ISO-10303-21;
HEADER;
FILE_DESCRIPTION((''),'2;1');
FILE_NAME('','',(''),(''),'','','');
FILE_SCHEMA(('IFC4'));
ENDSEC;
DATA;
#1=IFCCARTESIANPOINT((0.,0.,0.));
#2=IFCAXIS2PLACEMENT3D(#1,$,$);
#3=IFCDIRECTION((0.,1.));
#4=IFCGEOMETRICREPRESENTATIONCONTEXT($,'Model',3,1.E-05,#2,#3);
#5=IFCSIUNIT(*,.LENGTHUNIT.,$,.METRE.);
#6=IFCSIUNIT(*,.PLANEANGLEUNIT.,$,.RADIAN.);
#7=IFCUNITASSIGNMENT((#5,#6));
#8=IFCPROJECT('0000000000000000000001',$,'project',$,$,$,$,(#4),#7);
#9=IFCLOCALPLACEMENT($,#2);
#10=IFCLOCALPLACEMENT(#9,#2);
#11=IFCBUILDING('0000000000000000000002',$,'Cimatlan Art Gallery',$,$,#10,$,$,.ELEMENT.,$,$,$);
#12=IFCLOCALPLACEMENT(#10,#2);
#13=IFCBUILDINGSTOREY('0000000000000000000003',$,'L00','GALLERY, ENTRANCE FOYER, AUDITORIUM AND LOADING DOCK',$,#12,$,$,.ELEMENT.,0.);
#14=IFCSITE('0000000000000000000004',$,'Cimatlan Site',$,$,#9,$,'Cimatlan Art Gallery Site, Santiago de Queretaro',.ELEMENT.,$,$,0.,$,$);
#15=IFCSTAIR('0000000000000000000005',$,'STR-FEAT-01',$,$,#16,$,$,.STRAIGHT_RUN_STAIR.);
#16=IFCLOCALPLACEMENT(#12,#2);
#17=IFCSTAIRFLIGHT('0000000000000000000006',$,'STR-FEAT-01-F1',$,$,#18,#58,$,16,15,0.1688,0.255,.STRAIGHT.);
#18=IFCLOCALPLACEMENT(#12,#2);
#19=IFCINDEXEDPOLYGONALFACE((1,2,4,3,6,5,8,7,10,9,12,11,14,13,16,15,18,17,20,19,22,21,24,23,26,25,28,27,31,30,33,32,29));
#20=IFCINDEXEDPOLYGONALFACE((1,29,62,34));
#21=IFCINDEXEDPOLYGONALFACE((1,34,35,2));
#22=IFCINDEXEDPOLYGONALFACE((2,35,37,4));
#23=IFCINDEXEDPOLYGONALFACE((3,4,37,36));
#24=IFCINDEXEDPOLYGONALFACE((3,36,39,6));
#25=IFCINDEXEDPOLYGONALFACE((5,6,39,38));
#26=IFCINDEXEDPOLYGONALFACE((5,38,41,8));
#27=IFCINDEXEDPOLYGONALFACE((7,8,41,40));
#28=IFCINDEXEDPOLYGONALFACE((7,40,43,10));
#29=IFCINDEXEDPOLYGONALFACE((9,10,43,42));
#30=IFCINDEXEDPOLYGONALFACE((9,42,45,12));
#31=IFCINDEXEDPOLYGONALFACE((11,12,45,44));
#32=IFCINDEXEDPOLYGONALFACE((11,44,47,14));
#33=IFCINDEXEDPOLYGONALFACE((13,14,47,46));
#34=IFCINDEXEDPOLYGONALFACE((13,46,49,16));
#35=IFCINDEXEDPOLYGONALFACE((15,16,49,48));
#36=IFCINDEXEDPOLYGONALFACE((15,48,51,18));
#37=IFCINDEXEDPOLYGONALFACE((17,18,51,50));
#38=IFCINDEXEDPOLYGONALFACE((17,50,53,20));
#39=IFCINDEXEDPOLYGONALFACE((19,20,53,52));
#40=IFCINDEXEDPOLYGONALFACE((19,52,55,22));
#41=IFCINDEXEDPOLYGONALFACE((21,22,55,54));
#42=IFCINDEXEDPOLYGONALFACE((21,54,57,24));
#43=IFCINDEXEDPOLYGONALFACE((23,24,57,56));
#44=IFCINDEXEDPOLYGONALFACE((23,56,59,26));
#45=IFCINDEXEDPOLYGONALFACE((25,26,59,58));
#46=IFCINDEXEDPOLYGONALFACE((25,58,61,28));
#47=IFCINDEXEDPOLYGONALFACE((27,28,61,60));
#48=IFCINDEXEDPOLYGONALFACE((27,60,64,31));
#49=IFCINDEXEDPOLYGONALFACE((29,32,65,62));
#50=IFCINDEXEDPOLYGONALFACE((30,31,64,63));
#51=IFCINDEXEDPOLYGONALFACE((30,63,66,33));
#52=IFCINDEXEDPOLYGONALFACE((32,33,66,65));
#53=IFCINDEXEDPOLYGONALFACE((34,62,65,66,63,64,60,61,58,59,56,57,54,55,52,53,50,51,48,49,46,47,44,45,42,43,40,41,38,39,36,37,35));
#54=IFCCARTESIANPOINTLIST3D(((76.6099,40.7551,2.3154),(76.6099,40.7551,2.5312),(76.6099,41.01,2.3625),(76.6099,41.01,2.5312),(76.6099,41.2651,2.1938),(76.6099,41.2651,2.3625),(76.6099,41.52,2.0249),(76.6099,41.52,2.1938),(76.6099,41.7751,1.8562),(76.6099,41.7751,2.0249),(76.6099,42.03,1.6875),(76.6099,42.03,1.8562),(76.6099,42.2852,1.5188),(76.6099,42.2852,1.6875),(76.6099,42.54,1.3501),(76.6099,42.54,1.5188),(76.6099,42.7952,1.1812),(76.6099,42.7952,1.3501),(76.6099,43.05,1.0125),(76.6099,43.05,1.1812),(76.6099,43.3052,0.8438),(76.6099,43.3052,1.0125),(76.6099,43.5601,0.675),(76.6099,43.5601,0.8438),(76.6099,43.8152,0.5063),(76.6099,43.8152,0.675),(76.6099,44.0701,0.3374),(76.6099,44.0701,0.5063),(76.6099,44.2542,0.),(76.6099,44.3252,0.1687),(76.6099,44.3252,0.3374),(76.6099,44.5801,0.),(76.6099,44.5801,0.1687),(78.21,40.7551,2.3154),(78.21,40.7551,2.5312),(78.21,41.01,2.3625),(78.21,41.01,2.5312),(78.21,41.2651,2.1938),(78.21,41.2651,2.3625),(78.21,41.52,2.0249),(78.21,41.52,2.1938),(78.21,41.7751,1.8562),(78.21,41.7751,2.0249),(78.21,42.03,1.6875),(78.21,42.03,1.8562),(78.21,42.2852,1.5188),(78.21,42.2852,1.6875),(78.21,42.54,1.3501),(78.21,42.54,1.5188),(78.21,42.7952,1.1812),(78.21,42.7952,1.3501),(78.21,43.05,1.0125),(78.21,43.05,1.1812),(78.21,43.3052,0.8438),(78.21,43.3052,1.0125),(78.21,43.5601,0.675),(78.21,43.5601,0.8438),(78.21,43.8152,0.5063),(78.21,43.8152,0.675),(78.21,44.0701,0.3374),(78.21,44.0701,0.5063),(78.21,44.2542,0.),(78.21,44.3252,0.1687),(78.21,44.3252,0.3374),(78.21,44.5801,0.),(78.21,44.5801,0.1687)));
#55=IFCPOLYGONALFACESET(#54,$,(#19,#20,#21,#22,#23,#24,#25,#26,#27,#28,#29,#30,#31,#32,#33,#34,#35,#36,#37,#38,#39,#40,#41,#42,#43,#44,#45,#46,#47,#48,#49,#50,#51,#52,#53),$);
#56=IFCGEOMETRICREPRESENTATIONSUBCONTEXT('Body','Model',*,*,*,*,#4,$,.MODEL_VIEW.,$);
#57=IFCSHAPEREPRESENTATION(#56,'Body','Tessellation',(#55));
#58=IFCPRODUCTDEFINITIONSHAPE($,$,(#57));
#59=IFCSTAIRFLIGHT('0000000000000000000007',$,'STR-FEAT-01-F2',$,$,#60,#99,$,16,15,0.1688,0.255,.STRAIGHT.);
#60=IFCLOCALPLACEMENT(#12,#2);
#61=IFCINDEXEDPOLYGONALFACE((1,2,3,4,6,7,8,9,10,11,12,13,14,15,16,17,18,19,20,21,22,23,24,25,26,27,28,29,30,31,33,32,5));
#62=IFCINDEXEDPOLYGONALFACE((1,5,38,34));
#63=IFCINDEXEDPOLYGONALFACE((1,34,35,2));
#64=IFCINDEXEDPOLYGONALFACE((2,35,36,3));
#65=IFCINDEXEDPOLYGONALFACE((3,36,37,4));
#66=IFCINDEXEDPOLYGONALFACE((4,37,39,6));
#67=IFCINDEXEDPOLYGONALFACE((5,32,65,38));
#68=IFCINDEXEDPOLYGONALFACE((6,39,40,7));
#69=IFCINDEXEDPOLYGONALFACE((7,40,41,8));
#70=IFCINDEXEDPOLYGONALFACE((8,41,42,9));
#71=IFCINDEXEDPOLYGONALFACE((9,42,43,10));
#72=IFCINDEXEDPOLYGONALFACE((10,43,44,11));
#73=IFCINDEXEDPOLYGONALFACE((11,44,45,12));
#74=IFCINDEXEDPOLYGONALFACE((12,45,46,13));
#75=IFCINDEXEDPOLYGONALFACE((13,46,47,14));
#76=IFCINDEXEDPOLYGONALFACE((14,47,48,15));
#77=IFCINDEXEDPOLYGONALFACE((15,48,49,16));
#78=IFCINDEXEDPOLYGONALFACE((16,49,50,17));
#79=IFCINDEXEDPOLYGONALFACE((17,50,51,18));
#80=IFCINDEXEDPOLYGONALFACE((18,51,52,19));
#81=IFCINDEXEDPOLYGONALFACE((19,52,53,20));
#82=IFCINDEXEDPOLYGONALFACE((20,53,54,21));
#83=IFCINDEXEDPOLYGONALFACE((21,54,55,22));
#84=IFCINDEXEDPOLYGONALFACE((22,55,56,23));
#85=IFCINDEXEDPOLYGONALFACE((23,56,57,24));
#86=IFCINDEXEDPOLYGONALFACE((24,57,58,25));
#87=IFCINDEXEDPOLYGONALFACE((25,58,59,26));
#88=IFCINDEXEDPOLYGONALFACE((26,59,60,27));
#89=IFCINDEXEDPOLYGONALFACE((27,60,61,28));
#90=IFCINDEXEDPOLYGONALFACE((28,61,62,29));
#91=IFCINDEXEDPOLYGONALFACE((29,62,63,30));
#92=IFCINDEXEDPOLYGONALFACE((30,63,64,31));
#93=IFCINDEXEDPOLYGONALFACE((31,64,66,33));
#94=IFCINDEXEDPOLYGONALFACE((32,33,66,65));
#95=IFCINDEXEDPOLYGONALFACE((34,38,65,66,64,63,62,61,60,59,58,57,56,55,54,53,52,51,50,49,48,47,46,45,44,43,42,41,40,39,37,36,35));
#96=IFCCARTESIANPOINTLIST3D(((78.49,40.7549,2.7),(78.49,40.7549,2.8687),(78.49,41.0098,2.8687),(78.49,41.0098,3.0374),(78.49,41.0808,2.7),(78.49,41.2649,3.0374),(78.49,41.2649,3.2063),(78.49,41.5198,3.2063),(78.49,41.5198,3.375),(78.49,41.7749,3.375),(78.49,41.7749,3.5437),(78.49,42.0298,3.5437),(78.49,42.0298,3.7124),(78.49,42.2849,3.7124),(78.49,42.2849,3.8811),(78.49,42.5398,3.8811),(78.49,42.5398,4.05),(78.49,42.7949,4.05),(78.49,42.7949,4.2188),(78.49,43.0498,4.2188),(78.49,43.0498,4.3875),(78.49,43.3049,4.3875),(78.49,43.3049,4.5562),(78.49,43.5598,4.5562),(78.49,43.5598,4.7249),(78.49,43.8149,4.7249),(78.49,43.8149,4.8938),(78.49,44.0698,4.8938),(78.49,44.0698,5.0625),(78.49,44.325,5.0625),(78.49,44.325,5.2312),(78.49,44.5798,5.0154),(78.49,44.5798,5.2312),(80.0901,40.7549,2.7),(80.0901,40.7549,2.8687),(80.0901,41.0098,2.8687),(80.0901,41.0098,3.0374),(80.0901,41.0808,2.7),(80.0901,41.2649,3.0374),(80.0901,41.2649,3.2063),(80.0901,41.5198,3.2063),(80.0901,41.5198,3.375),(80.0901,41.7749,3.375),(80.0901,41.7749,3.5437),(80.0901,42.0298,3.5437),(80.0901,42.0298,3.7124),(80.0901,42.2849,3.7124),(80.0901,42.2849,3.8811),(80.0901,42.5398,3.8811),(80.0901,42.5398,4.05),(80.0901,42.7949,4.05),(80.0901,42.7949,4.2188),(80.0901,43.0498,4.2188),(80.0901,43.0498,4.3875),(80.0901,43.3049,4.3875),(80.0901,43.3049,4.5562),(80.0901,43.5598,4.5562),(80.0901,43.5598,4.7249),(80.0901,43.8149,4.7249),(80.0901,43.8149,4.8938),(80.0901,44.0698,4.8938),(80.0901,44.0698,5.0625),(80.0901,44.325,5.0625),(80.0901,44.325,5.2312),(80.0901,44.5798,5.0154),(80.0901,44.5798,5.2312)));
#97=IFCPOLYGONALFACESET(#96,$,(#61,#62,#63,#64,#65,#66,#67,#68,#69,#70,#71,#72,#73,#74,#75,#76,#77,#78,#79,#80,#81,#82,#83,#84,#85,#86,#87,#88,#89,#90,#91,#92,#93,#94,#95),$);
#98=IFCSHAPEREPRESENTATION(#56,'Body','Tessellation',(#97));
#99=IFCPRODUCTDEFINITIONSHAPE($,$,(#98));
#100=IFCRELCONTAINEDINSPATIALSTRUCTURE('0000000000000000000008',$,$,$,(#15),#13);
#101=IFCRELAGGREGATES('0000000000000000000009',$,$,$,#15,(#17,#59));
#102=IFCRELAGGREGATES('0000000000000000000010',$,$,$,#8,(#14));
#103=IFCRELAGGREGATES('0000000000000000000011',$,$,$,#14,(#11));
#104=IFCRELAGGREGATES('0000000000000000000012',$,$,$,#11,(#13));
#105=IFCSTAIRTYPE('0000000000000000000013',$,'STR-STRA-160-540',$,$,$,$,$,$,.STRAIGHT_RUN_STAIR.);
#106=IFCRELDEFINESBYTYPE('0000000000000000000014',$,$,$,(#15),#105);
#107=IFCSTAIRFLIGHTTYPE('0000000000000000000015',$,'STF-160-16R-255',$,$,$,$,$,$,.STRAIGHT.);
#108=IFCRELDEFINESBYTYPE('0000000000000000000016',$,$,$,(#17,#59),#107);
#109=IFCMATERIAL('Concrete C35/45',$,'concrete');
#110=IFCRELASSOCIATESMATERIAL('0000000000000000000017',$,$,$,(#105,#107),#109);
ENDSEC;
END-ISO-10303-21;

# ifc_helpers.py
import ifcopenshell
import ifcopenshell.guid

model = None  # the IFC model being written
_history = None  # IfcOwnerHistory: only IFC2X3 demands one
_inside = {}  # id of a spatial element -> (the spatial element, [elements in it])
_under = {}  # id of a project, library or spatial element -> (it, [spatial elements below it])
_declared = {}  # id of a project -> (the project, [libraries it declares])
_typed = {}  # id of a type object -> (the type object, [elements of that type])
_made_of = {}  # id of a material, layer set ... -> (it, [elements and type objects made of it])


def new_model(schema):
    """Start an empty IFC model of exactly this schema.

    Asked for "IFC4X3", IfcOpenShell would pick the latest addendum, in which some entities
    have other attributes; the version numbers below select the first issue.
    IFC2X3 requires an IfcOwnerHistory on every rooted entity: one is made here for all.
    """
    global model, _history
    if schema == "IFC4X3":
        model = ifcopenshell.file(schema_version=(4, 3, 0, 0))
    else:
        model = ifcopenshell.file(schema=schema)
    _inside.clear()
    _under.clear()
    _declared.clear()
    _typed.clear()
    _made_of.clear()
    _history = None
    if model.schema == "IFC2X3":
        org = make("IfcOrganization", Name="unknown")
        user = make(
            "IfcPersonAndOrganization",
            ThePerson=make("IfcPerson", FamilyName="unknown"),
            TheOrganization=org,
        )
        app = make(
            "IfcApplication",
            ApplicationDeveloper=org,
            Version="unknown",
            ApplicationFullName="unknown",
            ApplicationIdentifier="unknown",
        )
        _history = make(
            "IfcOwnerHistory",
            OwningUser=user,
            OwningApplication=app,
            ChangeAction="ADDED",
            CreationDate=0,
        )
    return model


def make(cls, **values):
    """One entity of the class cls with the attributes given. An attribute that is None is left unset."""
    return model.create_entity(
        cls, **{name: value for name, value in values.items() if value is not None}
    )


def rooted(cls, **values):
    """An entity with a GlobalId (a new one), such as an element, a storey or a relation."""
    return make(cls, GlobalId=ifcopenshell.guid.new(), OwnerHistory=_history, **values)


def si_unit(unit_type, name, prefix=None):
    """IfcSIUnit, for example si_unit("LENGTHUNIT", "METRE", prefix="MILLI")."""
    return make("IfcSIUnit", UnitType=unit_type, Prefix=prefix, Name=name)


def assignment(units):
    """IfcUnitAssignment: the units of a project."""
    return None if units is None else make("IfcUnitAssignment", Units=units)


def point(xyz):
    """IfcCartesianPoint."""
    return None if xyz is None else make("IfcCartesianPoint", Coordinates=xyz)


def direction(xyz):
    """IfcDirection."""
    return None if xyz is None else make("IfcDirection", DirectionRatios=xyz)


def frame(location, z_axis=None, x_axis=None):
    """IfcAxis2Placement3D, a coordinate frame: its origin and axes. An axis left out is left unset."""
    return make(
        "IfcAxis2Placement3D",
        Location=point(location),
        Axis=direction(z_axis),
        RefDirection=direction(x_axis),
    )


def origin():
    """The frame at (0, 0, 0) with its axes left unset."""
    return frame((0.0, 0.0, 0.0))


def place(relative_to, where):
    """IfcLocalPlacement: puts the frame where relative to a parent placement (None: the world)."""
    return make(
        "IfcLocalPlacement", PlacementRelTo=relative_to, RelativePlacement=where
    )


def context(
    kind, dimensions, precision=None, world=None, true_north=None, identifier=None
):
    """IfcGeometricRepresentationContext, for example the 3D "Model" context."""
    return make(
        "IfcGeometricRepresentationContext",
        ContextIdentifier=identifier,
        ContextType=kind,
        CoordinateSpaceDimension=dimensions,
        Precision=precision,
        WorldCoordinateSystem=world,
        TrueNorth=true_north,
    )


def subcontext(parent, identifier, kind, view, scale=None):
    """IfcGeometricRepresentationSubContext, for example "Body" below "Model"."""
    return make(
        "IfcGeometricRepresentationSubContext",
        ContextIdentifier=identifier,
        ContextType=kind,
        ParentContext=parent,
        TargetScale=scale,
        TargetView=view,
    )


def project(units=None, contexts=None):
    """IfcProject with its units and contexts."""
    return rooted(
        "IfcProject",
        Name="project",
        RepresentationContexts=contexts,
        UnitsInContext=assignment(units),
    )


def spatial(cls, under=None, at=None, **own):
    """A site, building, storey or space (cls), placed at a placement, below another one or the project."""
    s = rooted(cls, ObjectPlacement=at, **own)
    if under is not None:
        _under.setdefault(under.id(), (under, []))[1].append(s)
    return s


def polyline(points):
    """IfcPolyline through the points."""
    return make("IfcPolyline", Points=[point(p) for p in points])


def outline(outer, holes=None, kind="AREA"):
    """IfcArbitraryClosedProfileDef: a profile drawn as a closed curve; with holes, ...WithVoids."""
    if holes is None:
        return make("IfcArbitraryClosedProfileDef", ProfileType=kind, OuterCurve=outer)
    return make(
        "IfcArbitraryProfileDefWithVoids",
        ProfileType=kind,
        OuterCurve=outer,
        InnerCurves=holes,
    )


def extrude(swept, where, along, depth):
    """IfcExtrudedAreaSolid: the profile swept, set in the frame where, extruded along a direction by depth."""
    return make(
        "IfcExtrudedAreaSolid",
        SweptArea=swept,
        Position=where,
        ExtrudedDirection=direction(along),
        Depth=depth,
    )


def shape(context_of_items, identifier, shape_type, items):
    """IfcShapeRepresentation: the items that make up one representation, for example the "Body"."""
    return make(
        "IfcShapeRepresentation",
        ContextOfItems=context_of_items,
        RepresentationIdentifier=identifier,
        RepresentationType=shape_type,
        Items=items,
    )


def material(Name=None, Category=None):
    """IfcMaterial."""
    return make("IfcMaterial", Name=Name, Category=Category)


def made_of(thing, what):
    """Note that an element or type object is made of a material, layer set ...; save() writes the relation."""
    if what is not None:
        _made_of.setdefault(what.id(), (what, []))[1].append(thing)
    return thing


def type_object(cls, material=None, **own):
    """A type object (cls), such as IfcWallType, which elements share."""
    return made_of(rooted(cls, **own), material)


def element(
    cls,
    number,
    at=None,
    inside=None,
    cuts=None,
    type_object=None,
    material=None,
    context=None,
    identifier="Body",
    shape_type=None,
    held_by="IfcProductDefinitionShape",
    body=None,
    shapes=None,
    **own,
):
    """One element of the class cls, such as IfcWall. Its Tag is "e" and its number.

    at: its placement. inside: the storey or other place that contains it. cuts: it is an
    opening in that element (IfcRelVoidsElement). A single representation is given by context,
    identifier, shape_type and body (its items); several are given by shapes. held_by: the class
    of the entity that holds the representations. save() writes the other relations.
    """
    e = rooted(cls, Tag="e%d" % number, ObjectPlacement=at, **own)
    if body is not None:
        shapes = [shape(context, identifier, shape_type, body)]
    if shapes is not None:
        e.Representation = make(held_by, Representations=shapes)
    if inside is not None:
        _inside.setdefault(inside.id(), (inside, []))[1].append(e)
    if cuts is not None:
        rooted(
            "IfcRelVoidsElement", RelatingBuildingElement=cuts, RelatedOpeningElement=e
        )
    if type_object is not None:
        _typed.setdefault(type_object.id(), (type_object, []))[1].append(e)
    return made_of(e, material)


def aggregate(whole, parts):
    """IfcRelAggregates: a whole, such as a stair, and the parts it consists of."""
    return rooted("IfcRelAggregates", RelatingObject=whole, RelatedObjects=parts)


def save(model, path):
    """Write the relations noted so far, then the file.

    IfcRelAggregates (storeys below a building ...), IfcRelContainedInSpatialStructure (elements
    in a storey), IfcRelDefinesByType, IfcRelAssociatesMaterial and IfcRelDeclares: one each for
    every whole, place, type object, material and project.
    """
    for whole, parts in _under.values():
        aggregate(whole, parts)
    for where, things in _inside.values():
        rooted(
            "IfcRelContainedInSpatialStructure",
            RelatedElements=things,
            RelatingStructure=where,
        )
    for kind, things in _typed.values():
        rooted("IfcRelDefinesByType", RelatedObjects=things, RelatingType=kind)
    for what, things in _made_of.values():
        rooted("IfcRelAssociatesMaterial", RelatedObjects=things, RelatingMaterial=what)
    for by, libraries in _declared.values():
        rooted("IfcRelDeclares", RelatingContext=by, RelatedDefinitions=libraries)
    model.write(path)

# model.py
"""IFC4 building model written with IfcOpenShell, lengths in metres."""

from ifc_helpers import new_model, si_unit, direction, frame, origin, place, context, subcontext, project, spatial, polyline, outline, extrude, material, type_object, element, aggregate, save


model = new_model("IFC4")

# Units and contexts
model_context = context("Model", 3, precision=1e-05, world=origin(), true_north=direction((0.0, 1.0)))
body_context = subcontext(model_context, "Body", "Model", "MODEL_VIEW")
ifc_project = project(units=[si_unit("LENGTHUNIT", "METRE"), si_unit("PLANEANGLEUNIT", "RADIAN")], contexts=[model_context])

# Site, building, storey
site_placement = place(None, origin())
site = spatial("IfcSite", under=ifc_project, at=site_placement, Name="Cimatlan Site", LongName="Cimatlan Art Gallery Site, Santiago de Queretaro", CompositionType="ELEMENT", RefElevation=0.0)
building_placement = place(site_placement, origin())
building = spatial("IfcBuilding", under=site, at=building_placement, Name="Cimatlan Art Gallery", CompositionType="ELEMENT")
storey_placement = place(building_placement, origin())
storey = spatial("IfcBuildingStorey", under=building, at=storey_placement, Name="L00", Description="GALLERY, ENTRANCE FOYER, AUDITORIUM AND LOADING DOCK", CompositionType="ELEMENT", Elevation=0.0)

# Stair, stair flights
ifc_material_1 = material(Name="Concrete C35/45", Category="concrete")
stair_type_1 = type_object("IfcStairType", Name="STR-STRA-160-540", PredefinedType="STRAIGHT_RUN_STAIR", material=ifc_material_1)
stair_1_placement = place(storey_placement, origin())
stair_1 = element("IfcStair", 1, at=stair_1_placement, inside=storey, type_object=stair_type_1, Name="STR-FEAT-01", PredefinedType="STRAIGHT_RUN_STAIR")
stair_flight_type_1 = type_object("IfcStairFlightType", Name="STF-160-16R-255", PredefinedType="STRAIGHT", material=ifc_material_1)
stair_flight_1_placement = place(storey_placement, frame((77.4099, 44.5801, 0.0), z_axis=(0.0, 0.0, 1.0), x_axis=(0.0, -1.0, 0.0)))
stair_flight_1 = element("IfcStairFlight", 2, at=stair_flight_1_placement, type_object=stair_flight_type_1, Name="STR-FEAT-01-F1", NumberOfRisers=16, NumberOfTreads=15, PredefinedType="STRAIGHT", RiserHeight=0.1688, TreadLength=0.255, context=body_context, shape_type="SweptSolid", body=[
    extrude(outline(polyline([(0.0, 0.0), (0.0, 0.1687), (0.2549, 0.1687), (0.2549, 0.3374), (0.51, 0.3374), (0.51, 0.5063), (0.7649, 0.5063), (0.7649, 0.675), (1.02, 0.675), (1.02, 0.8438), (1.2749, 0.8438), (1.2749, 1.0125), (1.53, 1.0125), (1.53, 1.1812), (1.7849, 1.1812), (1.7849, 1.3501), (2.04, 1.3501), (2.04, 1.5188), (2.2949, 1.5188), (2.2949, 1.6875), (2.55, 1.6875), (2.55, 1.8562), (2.8049, 1.8562), (2.8049, 2.0249), (3.0601, 2.0249), (3.0601, 2.1938), (3.3149, 2.1938), (3.3149, 2.3625), (3.5701, 2.3625), (3.5701, 2.5312), (3.825, 2.5312), (3.825, 2.7), (3.825, 2.3154), (0.3259, 0.0), (0.0, 0.0)])), frame((0.0, 0.8, 0.0), z_axis=(0.0, -1.0, 0.0), x_axis=(1.0, 0.0, 0.0)), (0.0, 0.0, 1.0), 1.6001),
])
stair_flight_2_placement = place(storey_placement, frame((79.29, 40.7549, 2.7), z_axis=(0.0, 0.0, 1.0), x_axis=(0.0, 1.0, 0.0)))
stair_flight_2 = element("IfcStairFlight", 3, at=stair_flight_2_placement, type_object=stair_flight_type_1, Name="STR-FEAT-01-F2", NumberOfRisers=16, NumberOfTreads=15, PredefinedType="STRAIGHT", RiserHeight=0.1688, TreadLength=0.255, context=body_context, shape_type="SweptSolid", body=[
    extrude(outline(polyline([(0.0, 0.0), (0.0, 0.1687), (0.2549, 0.1687), (0.2549, 0.3374), (0.51, 0.3374), (0.51, 0.5063), (0.7649, 0.5063), (0.7649, 0.675), (1.02, 0.675), (1.02, 0.8438), (1.2749, 0.8438), (1.2749, 1.0125), (1.53, 1.0125), (1.53, 1.1812), (1.7849, 1.1812), (1.7849, 1.3501), (2.04, 1.3501), (2.04, 1.5188), (2.2949, 1.5188), (2.2949, 1.6875), (2.55, 1.6875), (2.55, 1.8562), (2.8049, 1.8562), (2.8049, 2.0249), (3.0601, 2.0249), (3.0601, 2.1938), (3.3149, 2.1938), (3.3149, 2.3625), (3.5701, 2.3625), (3.5701, 2.5312), (3.825, 2.5312), (3.825, 2.7), (3.825, 2.3154), (0.3259, 0.0), (0.0, 0.0)])), frame((0.0, 0.8, 0.0), z_axis=(0.0, -1.0, 0.0), x_axis=(1.0, 0.0, 0.0)), (0.0, 0.0, 1.0), 1.6001),
])
aggregate(stair_1, [stair_flight_1, stair_flight_2])

save(model, "model.ifc")
